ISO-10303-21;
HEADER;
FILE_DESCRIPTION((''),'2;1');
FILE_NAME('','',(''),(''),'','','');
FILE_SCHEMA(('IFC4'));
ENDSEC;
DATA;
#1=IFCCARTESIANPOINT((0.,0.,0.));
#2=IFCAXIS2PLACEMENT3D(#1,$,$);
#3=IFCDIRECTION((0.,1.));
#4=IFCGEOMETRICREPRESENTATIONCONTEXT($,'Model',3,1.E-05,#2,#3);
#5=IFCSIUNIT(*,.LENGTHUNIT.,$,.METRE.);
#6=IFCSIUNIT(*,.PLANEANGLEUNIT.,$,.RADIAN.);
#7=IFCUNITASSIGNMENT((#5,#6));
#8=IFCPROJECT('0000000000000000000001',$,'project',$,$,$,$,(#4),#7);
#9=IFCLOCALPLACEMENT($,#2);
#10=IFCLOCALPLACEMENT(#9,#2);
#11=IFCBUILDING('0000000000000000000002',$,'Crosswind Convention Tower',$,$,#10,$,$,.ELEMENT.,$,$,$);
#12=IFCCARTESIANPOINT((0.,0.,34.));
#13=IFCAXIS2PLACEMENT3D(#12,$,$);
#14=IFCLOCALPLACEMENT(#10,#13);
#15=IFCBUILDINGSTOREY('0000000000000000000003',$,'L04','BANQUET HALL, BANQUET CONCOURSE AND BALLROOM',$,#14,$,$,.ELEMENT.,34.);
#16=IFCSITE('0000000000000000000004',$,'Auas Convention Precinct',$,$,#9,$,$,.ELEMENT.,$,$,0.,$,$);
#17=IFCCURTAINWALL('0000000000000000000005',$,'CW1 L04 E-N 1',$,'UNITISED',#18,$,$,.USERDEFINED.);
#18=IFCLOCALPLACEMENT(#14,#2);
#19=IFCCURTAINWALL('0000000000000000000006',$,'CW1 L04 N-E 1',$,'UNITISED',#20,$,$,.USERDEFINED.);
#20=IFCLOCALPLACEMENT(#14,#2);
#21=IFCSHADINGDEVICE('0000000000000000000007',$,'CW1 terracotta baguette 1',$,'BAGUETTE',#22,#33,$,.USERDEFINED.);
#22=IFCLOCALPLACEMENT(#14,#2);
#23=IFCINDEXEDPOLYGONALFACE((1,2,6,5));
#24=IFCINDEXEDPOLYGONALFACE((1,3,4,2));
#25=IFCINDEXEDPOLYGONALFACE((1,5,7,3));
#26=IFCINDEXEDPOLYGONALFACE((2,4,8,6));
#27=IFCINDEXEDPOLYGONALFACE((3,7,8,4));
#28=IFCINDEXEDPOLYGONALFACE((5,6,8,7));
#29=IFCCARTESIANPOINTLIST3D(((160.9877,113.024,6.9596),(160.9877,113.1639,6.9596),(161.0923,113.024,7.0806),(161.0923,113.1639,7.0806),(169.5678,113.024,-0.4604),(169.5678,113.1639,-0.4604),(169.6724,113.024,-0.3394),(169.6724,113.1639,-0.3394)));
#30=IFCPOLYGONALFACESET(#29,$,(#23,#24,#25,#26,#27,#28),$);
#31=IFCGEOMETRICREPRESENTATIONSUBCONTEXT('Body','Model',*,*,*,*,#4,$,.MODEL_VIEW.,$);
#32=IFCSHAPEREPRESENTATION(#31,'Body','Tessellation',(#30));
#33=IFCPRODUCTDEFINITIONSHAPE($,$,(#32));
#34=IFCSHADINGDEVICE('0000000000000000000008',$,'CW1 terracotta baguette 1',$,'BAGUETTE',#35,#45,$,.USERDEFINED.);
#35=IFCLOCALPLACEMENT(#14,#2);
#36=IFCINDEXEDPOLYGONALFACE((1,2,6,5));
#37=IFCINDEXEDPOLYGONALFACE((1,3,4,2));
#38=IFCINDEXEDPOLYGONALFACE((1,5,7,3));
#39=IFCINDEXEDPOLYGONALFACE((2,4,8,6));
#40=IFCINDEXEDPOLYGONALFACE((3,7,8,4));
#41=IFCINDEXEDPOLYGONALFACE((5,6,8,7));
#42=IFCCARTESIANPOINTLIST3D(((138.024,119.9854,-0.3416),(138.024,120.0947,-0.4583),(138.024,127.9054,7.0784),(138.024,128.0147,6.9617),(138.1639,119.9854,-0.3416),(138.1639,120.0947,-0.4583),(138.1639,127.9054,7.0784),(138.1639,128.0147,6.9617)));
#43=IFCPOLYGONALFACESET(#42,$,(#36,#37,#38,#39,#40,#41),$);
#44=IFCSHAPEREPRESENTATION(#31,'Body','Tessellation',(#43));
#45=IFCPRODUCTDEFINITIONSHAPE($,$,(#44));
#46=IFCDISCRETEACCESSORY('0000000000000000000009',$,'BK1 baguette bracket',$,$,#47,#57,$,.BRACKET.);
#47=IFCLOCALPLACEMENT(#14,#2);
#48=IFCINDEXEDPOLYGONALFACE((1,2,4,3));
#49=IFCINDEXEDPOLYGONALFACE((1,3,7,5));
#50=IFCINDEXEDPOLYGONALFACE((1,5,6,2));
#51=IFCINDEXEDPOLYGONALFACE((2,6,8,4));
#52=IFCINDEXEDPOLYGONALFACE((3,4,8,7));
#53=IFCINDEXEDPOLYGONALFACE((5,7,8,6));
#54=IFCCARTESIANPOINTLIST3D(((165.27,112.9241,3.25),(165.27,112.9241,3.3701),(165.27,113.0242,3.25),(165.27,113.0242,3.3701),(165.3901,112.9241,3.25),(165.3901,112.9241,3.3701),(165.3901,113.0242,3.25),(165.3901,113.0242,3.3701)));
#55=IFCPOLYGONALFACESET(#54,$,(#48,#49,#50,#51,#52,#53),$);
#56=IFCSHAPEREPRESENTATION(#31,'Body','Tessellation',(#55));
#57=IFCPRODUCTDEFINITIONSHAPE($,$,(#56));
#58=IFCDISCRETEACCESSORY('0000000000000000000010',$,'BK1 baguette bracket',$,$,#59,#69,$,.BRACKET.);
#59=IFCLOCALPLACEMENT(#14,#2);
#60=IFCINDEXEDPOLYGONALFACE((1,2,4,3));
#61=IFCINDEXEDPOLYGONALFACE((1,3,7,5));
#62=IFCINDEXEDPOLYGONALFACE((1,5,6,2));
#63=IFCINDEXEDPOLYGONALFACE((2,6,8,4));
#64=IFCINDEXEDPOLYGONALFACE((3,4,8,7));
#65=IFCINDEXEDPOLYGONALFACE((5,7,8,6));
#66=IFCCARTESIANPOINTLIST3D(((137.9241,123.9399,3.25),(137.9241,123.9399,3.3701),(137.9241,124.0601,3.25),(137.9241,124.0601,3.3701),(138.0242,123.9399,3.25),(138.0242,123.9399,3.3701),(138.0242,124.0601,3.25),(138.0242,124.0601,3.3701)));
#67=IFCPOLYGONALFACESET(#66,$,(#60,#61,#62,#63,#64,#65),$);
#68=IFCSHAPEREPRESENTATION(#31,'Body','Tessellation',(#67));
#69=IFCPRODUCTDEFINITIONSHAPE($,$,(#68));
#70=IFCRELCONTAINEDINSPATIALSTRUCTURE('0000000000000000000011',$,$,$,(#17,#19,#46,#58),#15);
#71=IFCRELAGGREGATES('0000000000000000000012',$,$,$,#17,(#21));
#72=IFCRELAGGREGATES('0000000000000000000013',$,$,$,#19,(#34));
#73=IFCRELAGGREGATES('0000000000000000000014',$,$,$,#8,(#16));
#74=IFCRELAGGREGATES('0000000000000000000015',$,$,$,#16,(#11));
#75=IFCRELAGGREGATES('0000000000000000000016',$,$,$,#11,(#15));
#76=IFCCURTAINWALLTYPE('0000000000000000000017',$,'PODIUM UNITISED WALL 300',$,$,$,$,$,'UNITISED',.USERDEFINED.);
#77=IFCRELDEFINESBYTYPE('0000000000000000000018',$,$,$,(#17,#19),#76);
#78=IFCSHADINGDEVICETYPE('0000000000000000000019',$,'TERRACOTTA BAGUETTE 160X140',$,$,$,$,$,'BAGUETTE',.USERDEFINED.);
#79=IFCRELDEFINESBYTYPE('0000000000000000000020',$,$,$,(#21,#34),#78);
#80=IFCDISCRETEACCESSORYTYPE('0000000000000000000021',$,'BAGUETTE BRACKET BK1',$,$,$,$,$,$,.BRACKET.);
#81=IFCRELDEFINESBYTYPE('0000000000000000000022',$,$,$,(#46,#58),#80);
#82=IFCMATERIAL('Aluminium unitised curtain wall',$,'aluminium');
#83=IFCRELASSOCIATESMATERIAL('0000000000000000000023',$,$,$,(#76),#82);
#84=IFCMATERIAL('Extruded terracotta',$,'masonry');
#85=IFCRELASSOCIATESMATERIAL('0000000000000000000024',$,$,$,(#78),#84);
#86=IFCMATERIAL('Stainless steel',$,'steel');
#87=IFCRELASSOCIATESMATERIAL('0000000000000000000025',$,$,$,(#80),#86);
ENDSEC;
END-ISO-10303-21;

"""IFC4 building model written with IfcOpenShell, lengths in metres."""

from ifc_helpers import new_model, si_unit, direction, frame, origin, origin_2d, place, context, subcontext, project, spatial, rectangle, extrude, material, material_profile, profile_set, type_object, element, aggregate, save


model = new_model("IFC4")

# Units and contexts
model_context = context("Model", 3, precision=1e-05, world=origin(), true_north=direction((0.0, 1.0)))
body_context = subcontext(model_context, "Body", "Model", "MODEL_VIEW")
ifc_project = project(units=[si_unit("LENGTHUNIT", "METRE"), si_unit("PLANEANGLEUNIT", "RADIAN")], contexts=[model_context])

# Site, building, storey
site_placement = place(None, origin())
site = spatial("IfcSite", under=ifc_project, at=site_placement, Name="Auas Convention Precinct", CompositionType="ELEMENT", RefElevation=0.0)
building_placement = place(site_placement, origin())
building = spatial("IfcBuilding", under=site, at=building_placement, Name="Crosswind Convention Tower", CompositionType="ELEMENT")
storey_placement = place(building_placement, frame((0.0, 0.0, 34.0)))
storey = spatial("IfcBuildingStorey", under=building, at=storey_placement, Name="L04", Description="BANQUET HALL, BANQUET CONCOURSE AND BALLROOM", CompositionType="ELEMENT", Elevation=34.0)

# Curtain walls
ifc_material_1 = material(Name="Aluminium unitised curtain wall", Category="aluminium")
curtain_wall_type_1 = type_object("IfcCurtainWallType", Name="PODIUM UNITISED WALL 300", ElementType="UNITISED", PredefinedType="USERDEFINED", material=ifc_material_1)
curtain_wall_1_placement = place(storey_placement, origin())
curtain_wall_1 = element("IfcCurtainWall", 1, at=curtain_wall_1_placement, inside=storey, type_object=curtain_wall_type_1, Name="CW1 L04 E-N 1", ObjectType="UNITISED", PredefinedType="USERDEFINED")
curtain_wall_2_placement = place(storey_placement, origin())
curtain_wall_2 = element("IfcCurtainWall", 2, at=curtain_wall_2_placement, inside=storey, type_object=curtain_wall_type_1, Name="CW1 L04 N-E 1", ObjectType="UNITISED", PredefinedType="USERDEFINED")

# Shared definitions
ifc_material_2 = material(Name="Stainless steel", Category="steel")

# Shading devices
ifc_material_3 = material(Name="Extruded terracotta", Category="masonry")
ifc_material_profile_1 = material_profile(ifc_material_3, rectangle(XDim=0.1399, YDim=0.1599, at=origin_2d()), Name="TC 140X160")
ifc_profile_set_1 = profile_set([ifc_material_profile_1], Name="Extruded terracotta")
shading_device_type = type_object("IfcShadingDeviceType", Name="TERRACOTTA BAGUETTE 160X140", ElementType="BAGUETTE", PredefinedType="USERDEFINED", material=ifc_profile_set_1)
shading_device_1_placement = place(storey_placement, frame((169.6201, 113.094, -0.3999), z_axis=(-0.756393, 0.0, 0.654117), x_axis=(0.0, -1.0, 0.0)))
shading_device_1 = element("IfcShadingDevice", 3, at=shading_device_1_placement, type_object=shading_device_type, Name="CW1 terracotta baguette 1", ObjectType="BAGUETTE", PredefinedType="USERDEFINED", context=body_context, shape_type="SweptSolid", body=[
    extrude(rectangle(XDim=0.1399, YDim=0.1599, at=origin_2d()), origin(), (0.0, 0.0, 1.0), 11.3435),
])
aggregate(curtain_wall_1, [shading_device_1])
shading_device_2_placement = place(storey_placement, frame((138.094, 120.04, -0.3999), z_axis=(0.0, 0.729767, 0.683696), x_axis=(-1.0, 0.0, 0.0)))
shading_device_2 = element("IfcShadingDevice", 4, at=shading_device_2_placement, type_object=shading_device_type, Name="CW1 terracotta baguette 1", ObjectType="BAGUETTE", PredefinedType="USERDEFINED", context=body_context, shape_type="SweptSolid", body=[
    extrude(rectangle(XDim=0.1399, YDim=0.1599, at=origin_2d()), origin(), (0.0, 0.0, 1.0), 10.8528),
])
aggregate(curtain_wall_2, [shading_device_2])

# Discrete accessories
discrete_accessory_type = type_object("IfcDiscreteAccessoryType", Name="BAGUETTE BRACKET BK1", PredefinedType="BRACKET", material=ifc_material_2)
for number, where, z_axis, x_axis, name in (
    (5, (165.3301, 112.9741, 3.25), (0.0, 0.0, 1.0), (-1.0, 0.0, 0.0), "BK1 baguette bracket"),
    (6, (137.9741, 124.0, 3.25), (0.0, 0.0, 1.0), (0.0, 1.0, 0.0), "BK1 baguette bracket"),
):
    element("IfcDiscreteAccessory", number, at=place(storey_placement, frame(where, z_axis=z_axis, x_axis=x_axis)), inside=storey, type_object=discrete_accessory_type, Name=name, PredefinedType="BRACKET", context=body_context, shape_type="SweptSolid", body=[
        extrude(rectangle(XDim=0.1201, YDim=0.1001, at=origin_2d()), origin(), (0.0, 0.0, 1.0), 0.1201),
    ])

save(model, "model.ifc")
